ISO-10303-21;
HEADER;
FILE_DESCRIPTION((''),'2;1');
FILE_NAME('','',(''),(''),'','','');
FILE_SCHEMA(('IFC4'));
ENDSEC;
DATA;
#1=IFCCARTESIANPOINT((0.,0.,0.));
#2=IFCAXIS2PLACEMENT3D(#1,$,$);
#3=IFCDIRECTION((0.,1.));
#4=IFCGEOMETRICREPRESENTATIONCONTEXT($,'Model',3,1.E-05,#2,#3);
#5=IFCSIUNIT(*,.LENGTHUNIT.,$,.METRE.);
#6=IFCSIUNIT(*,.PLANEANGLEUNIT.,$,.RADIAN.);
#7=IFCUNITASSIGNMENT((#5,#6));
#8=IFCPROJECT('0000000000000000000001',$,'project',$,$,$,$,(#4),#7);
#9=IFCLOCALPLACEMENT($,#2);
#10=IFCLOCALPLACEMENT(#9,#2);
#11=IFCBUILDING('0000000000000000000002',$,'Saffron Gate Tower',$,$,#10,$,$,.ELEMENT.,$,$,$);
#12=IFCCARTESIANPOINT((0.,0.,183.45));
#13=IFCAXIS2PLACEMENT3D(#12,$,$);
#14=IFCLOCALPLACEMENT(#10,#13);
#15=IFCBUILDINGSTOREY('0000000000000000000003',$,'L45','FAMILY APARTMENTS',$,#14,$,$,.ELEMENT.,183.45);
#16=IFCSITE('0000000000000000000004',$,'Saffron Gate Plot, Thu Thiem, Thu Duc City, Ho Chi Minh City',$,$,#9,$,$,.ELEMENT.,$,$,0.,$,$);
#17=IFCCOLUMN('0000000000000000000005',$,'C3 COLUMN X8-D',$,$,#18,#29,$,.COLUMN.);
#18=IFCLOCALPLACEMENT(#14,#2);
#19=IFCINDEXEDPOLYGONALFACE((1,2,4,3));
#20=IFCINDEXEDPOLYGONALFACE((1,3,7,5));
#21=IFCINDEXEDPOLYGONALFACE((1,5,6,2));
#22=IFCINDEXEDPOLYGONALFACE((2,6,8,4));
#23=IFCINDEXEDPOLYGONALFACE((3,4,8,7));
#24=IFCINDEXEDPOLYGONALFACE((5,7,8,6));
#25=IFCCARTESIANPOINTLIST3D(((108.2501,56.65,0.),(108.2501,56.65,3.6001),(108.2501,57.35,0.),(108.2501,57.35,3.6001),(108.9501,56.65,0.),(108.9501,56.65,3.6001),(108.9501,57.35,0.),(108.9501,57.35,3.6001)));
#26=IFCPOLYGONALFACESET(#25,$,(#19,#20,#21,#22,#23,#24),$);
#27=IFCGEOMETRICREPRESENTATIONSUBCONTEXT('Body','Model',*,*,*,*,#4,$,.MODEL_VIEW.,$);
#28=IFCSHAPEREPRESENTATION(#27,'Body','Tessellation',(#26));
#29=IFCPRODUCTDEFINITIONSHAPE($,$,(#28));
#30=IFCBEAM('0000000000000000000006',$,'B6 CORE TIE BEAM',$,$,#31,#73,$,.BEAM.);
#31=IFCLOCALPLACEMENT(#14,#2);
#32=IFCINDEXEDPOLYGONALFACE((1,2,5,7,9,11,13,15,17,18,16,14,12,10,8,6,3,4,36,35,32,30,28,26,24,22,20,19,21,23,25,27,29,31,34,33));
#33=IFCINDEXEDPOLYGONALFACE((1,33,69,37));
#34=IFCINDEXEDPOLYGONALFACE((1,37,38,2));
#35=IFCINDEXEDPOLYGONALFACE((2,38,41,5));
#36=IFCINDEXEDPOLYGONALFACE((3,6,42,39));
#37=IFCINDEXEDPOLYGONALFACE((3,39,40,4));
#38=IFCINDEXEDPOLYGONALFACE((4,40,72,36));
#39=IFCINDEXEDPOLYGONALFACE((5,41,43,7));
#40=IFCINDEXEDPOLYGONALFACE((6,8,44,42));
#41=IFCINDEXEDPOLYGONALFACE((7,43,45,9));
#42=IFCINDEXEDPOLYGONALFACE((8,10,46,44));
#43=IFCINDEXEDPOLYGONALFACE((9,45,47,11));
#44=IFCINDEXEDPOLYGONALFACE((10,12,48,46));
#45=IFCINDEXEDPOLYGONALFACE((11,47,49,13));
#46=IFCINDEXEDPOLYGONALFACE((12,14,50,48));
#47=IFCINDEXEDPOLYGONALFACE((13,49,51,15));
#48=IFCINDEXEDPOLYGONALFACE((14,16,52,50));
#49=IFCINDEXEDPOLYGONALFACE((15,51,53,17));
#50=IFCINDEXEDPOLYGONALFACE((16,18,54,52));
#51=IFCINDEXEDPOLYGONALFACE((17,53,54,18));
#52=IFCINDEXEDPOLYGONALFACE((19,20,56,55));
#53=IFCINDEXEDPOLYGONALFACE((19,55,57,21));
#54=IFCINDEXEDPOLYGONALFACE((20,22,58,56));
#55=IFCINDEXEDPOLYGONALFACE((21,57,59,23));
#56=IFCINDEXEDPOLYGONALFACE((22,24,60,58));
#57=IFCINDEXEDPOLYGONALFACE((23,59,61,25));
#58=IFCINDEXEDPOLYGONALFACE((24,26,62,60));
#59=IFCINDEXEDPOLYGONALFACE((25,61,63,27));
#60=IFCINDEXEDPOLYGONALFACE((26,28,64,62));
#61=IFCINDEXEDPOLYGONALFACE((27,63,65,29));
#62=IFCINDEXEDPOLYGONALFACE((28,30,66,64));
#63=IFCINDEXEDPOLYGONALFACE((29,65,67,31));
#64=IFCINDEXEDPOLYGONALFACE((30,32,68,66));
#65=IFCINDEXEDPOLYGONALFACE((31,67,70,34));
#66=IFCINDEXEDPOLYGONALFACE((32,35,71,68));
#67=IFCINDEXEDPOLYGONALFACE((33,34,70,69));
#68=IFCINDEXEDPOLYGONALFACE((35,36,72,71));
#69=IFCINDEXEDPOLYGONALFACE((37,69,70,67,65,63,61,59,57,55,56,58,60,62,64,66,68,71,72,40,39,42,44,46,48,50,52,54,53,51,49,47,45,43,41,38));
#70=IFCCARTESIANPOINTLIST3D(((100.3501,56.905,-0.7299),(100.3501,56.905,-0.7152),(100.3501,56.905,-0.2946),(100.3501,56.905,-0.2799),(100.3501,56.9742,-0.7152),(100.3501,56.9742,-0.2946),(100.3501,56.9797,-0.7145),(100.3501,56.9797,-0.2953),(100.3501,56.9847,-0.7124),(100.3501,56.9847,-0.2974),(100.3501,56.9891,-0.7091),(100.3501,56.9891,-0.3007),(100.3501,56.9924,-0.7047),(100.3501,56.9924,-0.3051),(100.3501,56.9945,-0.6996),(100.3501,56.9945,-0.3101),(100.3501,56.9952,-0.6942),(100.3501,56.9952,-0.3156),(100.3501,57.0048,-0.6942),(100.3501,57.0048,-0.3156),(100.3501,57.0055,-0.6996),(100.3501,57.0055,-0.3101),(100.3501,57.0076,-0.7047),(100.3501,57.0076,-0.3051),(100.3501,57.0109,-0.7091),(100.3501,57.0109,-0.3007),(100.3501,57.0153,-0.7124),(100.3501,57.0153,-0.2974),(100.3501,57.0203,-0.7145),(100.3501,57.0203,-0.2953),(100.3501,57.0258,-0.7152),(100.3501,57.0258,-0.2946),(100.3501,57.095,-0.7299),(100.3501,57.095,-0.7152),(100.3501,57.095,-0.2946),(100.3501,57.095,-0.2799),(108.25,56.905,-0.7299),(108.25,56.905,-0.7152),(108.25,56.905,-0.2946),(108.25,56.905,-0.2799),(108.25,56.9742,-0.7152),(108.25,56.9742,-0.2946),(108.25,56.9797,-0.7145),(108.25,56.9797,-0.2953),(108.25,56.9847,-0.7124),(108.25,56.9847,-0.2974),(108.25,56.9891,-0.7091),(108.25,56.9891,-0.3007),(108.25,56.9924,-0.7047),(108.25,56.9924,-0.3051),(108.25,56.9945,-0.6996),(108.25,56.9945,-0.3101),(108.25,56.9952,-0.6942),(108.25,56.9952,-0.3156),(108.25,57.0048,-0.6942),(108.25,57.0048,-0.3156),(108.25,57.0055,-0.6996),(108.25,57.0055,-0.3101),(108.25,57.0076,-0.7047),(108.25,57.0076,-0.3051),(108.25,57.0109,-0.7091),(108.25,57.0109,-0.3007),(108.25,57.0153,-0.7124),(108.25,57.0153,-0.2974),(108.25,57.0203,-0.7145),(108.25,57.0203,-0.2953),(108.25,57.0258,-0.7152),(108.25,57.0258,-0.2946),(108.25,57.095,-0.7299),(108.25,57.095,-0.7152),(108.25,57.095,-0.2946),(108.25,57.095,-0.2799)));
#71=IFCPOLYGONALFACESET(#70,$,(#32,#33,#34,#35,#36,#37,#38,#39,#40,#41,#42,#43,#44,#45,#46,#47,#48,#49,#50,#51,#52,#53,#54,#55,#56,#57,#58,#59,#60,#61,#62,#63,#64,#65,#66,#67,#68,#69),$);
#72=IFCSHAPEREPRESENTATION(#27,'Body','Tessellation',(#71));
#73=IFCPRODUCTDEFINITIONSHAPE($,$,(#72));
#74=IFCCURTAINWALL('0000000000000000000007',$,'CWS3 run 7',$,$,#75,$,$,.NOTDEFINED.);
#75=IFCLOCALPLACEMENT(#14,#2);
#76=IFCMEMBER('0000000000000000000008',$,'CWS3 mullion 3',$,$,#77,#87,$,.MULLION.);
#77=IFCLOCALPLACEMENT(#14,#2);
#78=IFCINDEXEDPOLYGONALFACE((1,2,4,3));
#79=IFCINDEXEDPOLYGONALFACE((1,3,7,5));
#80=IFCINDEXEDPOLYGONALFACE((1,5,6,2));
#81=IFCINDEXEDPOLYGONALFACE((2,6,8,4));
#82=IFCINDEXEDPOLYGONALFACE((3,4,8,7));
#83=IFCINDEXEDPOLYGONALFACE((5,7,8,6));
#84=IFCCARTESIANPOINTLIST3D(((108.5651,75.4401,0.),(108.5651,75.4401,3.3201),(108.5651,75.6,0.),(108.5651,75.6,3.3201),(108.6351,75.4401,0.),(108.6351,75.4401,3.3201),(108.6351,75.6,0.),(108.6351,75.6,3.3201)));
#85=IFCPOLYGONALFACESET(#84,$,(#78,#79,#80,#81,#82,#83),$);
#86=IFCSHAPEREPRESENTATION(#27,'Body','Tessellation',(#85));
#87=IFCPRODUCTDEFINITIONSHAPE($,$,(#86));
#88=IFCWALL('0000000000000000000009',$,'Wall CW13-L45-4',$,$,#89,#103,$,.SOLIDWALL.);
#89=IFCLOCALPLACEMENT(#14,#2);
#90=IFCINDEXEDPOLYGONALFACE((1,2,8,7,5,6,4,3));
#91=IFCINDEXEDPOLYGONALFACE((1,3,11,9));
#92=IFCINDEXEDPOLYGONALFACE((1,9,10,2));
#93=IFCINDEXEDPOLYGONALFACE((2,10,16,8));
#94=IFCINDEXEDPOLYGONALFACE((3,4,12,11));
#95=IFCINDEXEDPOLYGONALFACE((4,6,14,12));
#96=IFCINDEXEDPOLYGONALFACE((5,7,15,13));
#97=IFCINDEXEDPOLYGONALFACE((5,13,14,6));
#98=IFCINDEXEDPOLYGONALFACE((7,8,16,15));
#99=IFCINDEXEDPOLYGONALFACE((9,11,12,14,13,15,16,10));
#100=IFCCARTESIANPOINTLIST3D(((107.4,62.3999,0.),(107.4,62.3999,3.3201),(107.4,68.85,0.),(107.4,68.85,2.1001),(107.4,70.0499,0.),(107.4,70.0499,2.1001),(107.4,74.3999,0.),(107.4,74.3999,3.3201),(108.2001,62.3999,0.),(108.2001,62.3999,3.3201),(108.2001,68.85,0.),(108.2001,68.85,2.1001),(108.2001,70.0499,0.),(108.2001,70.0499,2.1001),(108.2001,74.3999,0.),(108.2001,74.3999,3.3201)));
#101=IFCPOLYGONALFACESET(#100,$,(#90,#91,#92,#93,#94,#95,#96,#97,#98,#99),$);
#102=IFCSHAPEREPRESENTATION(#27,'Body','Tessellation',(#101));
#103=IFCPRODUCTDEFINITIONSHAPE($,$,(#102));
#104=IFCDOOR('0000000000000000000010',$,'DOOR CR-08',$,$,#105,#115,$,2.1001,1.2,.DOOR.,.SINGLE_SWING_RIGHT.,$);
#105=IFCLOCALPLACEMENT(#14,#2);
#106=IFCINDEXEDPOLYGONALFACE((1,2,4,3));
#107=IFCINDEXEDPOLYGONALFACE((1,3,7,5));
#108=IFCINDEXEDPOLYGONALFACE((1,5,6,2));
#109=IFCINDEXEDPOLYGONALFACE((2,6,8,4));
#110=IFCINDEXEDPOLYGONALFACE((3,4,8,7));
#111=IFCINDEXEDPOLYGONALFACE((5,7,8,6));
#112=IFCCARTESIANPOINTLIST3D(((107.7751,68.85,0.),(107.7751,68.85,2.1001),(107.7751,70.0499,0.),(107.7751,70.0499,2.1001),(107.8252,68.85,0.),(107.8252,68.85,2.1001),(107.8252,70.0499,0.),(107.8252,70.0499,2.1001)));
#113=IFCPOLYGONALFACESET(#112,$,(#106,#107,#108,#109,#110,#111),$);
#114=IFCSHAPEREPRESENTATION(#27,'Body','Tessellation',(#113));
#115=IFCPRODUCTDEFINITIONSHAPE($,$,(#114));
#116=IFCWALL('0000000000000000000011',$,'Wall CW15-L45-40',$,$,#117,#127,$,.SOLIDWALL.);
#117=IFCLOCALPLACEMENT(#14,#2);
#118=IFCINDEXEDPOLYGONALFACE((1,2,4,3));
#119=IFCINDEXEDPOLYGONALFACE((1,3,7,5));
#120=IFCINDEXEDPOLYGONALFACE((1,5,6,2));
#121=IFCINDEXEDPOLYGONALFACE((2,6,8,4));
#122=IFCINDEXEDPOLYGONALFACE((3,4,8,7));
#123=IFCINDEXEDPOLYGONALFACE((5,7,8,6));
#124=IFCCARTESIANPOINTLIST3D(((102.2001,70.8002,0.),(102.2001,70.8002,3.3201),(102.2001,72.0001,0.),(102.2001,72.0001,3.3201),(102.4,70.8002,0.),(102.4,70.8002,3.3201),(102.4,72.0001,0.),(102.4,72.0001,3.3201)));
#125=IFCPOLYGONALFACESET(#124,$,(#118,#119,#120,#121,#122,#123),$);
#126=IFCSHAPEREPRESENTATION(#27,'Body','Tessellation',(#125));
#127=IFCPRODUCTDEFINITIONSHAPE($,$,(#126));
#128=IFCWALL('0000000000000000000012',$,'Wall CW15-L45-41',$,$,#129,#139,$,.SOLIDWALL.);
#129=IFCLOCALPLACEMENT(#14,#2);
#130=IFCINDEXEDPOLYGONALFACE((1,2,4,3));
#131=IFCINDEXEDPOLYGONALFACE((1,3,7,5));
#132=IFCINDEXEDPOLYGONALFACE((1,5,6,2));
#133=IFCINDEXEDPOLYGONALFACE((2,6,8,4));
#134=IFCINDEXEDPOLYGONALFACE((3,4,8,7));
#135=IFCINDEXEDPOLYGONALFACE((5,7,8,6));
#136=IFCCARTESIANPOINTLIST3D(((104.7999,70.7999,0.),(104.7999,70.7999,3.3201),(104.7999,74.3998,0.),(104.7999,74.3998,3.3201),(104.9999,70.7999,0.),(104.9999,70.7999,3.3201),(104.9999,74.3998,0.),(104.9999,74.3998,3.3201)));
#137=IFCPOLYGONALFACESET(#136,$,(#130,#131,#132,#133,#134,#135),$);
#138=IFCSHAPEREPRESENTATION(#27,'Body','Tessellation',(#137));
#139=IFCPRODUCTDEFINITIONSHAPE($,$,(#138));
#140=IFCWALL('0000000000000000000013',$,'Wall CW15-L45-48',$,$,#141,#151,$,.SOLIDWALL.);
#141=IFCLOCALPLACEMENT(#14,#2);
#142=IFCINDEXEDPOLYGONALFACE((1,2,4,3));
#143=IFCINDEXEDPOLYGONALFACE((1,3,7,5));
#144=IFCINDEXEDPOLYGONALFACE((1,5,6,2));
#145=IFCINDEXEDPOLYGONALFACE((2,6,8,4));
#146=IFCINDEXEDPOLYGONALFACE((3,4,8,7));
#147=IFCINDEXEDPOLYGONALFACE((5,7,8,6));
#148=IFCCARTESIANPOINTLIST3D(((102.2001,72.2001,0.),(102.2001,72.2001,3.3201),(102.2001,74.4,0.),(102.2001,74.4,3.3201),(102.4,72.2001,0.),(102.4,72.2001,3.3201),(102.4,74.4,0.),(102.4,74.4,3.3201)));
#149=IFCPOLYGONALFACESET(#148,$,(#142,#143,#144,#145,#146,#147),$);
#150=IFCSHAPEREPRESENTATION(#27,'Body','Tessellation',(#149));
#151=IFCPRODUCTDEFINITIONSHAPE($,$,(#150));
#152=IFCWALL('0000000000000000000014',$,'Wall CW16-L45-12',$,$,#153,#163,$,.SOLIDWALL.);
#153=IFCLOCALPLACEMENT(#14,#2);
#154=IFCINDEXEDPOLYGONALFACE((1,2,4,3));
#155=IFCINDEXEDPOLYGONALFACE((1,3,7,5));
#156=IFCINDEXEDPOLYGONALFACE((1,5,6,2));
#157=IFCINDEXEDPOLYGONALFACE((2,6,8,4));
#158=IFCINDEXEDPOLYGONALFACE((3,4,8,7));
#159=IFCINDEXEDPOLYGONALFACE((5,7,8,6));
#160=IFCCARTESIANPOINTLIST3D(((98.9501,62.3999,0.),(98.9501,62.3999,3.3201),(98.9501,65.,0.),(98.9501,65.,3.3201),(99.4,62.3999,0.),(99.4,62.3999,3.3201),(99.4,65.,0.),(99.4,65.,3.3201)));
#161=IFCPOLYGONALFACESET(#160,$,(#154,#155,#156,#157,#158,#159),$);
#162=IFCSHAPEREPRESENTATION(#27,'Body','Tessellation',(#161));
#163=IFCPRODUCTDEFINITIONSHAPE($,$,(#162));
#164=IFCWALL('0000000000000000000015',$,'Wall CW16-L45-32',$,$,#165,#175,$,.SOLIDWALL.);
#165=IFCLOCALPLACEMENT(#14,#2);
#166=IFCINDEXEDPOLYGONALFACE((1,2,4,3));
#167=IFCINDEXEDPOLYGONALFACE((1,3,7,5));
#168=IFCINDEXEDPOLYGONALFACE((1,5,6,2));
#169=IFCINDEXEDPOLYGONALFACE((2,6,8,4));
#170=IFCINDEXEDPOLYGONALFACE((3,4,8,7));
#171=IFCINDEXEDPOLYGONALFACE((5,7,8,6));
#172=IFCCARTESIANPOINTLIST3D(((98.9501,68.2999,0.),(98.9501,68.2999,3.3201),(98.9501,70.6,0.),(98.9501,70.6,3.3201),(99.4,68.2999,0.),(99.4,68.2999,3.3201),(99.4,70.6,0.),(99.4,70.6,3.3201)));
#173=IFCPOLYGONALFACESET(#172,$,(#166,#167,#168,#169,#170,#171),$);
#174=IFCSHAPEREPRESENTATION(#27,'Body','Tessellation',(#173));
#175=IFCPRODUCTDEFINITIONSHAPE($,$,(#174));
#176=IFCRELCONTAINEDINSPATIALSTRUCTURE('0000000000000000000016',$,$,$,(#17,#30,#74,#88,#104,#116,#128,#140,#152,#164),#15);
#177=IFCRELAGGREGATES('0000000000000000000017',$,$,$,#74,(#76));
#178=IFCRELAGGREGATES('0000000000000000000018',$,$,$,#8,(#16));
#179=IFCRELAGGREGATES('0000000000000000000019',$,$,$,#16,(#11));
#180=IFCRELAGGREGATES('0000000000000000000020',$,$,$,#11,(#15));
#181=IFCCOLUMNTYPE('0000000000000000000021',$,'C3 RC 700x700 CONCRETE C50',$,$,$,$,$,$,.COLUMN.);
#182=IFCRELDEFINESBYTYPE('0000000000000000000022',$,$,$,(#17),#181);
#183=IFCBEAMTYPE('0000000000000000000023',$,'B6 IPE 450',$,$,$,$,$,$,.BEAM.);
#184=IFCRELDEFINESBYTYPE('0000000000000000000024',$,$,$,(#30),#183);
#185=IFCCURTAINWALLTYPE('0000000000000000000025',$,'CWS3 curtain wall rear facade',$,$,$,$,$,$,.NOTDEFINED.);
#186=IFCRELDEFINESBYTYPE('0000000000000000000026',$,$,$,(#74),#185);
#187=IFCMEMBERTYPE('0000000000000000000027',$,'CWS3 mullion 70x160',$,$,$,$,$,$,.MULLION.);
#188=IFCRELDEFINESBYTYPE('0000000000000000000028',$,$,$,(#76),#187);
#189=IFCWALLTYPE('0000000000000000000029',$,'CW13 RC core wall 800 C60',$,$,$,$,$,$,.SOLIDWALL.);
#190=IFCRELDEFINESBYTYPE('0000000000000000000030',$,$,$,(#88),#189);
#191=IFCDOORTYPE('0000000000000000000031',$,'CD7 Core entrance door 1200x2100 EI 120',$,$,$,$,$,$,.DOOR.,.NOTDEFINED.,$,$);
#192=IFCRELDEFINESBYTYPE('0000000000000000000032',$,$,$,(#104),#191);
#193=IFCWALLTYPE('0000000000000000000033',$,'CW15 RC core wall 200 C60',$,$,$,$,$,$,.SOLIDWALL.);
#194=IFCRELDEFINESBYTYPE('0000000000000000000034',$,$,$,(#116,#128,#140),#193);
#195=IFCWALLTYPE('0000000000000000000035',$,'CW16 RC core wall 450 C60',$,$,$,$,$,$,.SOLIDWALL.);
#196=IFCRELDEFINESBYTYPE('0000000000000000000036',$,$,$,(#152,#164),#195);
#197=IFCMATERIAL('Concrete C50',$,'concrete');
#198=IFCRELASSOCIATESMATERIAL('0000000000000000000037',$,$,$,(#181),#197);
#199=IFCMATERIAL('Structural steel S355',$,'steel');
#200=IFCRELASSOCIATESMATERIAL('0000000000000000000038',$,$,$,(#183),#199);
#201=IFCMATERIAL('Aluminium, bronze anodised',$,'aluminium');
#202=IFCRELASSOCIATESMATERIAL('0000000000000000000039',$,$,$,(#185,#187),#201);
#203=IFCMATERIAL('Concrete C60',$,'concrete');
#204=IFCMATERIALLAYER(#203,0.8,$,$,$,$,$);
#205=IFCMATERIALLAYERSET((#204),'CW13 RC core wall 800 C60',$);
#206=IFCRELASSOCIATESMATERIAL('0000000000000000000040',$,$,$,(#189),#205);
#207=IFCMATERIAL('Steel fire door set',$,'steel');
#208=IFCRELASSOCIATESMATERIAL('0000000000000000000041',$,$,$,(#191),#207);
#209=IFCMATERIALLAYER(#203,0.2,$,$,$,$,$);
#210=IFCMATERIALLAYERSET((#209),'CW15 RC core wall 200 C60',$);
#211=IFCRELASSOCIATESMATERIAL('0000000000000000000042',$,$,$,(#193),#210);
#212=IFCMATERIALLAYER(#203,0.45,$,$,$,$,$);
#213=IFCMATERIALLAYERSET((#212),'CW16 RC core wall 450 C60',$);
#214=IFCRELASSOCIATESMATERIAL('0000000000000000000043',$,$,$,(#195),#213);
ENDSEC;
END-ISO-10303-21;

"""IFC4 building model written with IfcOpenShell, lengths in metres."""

from ifc_helpers import new_model, si_unit, direction, frame, frame_2d, origin, origin_2d, place, context, subcontext, project, spatial, rectangle, i_section, extrude, material, layer, layer_set, material_profile, profile_set, type_object, element, fill, aggregate, save


model = new_model("IFC4")

# Units and contexts
model_context = context("Model", 3, precision=1e-05, world=origin(), true_north=direction((0.0, 1.0)))
body_context = subcontext(model_context, "Body", "Model", "MODEL_VIEW")
ifc_project = project(units=[si_unit("LENGTHUNIT", "METRE"), si_unit("PLANEANGLEUNIT", "RADIAN")], contexts=[model_context])

# Site, building, storey
site_placement = place(None, origin())
site = spatial("IfcSite", under=ifc_project, at=site_placement, Name="Saffron Gate Plot, Thu Thiem, Thu Duc City, Ho Chi Minh City", CompositionType="ELEMENT", RefElevation=0.0)
building_placement = place(site_placement, origin())
building = spatial("IfcBuilding", under=site, at=building_placement, Name="Saffron Gate Tower", CompositionType="ELEMENT")
storey_placement = place(building_placement, frame((0.0, 0.0, 183.45)))
storey = spatial("IfcBuildingStorey", under=building, at=storey_placement, Name="L45", Description="FAMILY APARTMENTS", CompositionType="ELEMENT", Elevation=183.45)

# Column
ifc_material_1 = material(Name="Concrete C50", Category="concrete")
ifc_material_profile_1 = material_profile(ifc_material_1, rectangle(XDim=0.7, YDim=0.7, at=origin_2d()))
ifc_profile_set_1 = profile_set([ifc_material_profile_1], Name="Concrete C50")
column_type = type_object("IfcColumnType", Name="C3 RC 700x700 CONCRETE C50", PredefinedType="COLUMN", material=ifc_profile_set_1)
column_placement = place(storey_placement, frame((108.6001, 57.0, 0.0), z_axis=(0.0, 0.0, 1.0), x_axis=(1.0, 0.0, 0.0)))
element("IfcColumn", 1, at=column_placement, inside=storey, type_object=column_type, Name="C3 COLUMN X8-D", PredefinedType="COLUMN", context=body_context, shape_type="SweptSolid", body=[
    extrude(rectangle(XDim=0.7, YDim=0.7, at=origin_2d()), origin(), (0.0, 0.0, 1.0), 3.6001),
])

# Beam
ifc_material_2 = material(Name="Structural steel S355", Category="steel")
ifc_material_profile_2 = material_profile(ifc_material_2, i_section(OverallWidth=0.1899, OverallDepth=0.45, WebThickness=0.0095, FlangeThickness=0.0146, FilletRadius=0.021, at=origin_2d()))
ifc_profile_set_2 = profile_set([ifc_material_profile_2], Name="Structural steel S355")
beam_type = type_object("IfcBeamType", Name="B6 IPE 450", PredefinedType="BEAM", material=ifc_profile_set_2)
beam_placement = place(storey_placement, frame((108.25, 57.0, -0.5049), z_axis=(-1.0, 0.0, 0.0), x_axis=(0.0, -1.0, 0.0)))
element("IfcBeam", 2, at=beam_placement, inside=storey, type_object=beam_type, Name="B6 CORE TIE BEAM", PredefinedType="BEAM", context=body_context, shape_type="SweptSolid", body=[
    extrude(i_section(OverallWidth=0.1899, OverallDepth=0.45, WebThickness=0.0095, FlangeThickness=0.0146, FilletRadius=0.021, at=origin_2d()), origin(), (0.0, 0.0, 1.0), 7.8999),
])

# Curtain wall, member
ifc_material_3 = material(Name="Aluminium, bronze anodised", Category="aluminium")
curtain_wall_type = type_object("IfcCurtainWallType", Name="CWS3 curtain wall rear facade", PredefinedType="NOTDEFINED", material=ifc_material_3)
curtain_wall_placement = place(storey_placement, origin())
curtain_wall = element("IfcCurtainWall", 3, at=curtain_wall_placement, inside=storey, type_object=curtain_wall_type, Name="CWS3 run 7", PredefinedType="NOTDEFINED")
ifc_material_profile_3 = material_profile(ifc_material_3, rectangle(XDim=0.1599, YDim=0.0701, at=origin_2d()))
ifc_profile_set_3 = profile_set([ifc_material_profile_3], Name="Aluminium, bronze anodised")
member_type = type_object("IfcMemberType", Name="CWS3 mullion 70x160", PredefinedType="MULLION", material=ifc_profile_set_3)
member_placement = place(storey_placement, frame((108.6001, 75.52, 0.0), z_axis=(0.0, 0.0, 1.0), x_axis=(0.0, -1.0, 0.0)))
member = element("IfcMember", 4, at=member_placement, type_object=member_type, Name="CWS3 mullion 3", PredefinedType="MULLION", context=body_context, shape_type="SweptSolid", body=[
    extrude(rectangle(XDim=0.1599, YDim=0.0701, at=origin_2d()), origin(), (0.0, 0.0, 1.0), 3.3201),
])
aggregate(curtain_wall, [member])

# Wall, opening, door
ifc_material_4 = material(Name="Concrete C60", Category="concrete")
ifc_layer_1 = layer(ifc_material_4, 0.8)
ifc_layer_set_1 = layer_set([ifc_layer_1], Name="CW13 RC core wall 800 C60")
wall_type_1 = type_object("IfcWallType", Name="CW13 RC core wall 800 C60", PredefinedType="SOLIDWALL", material=ifc_layer_set_1)
wall_1_placement = place(storey_placement, frame((107.8, 62.3999, 0.0), z_axis=(0.0, 0.0, 1.0), x_axis=(0.0, 1.0, 0.0)))
wall_1 = element("IfcWall", 5, at=wall_1_placement, inside=storey, type_object=wall_type_1, Name="Wall CW13-L45-4", PredefinedType="SOLIDWALL", context=body_context, shape_type="SweptSolid", body=[
    extrude(rectangle(XDim=12.0, YDim=0.8, at=frame_2d((6.0, 0.0))), origin(), (0.0, 0.0, 1.0), 3.3201),
])
opening_1_placement = place(wall_1_placement, frame((6.45, 0.0, 0.0)))
opening_1 = element("IfcOpeningElement", 6, at=opening_1_placement, cuts=wall_1, PredefinedType="OPENING", context=body_context, shape_type="SweptSolid", body=[
    extrude(rectangle(XDim=1.2, YDim=2.1001, at=frame_2d((0.6001, 1.05))), frame((0.0, 0.4102, 0.0), z_axis=(0.0, -1.0, 0.0), x_axis=(1.0, 0.0, 0.0)), (0.0, 0.0, 1.0), 0.8201),
])
ifc_material_5 = material(Name="Steel fire door set", Category="steel")
door_type_1 = type_object("IfcDoorType", Name="CD7 Core entrance door 1200x2100 EI 120", OperationType="NOTDEFINED", PredefinedType="DOOR", material=ifc_material_5)
door_1_placement = place(opening_1_placement, origin())
door_1 = element("IfcDoor", 7, at=door_1_placement, inside=storey, type_object=door_type_1, Name="DOOR CR-08", OperationType="SINGLE_SWING_RIGHT", OverallHeight=2.1001, OverallWidth=1.2, PredefinedType="DOOR", context=body_context, shape_type="SweptSolid", body=[
    extrude(rectangle(XDim=1.2, YDim=2.1001, at=frame_2d((0.6001, 1.05))), frame((0.0, 0.0249, 0.0), z_axis=(0.0, -1.0, 0.0), x_axis=(1.0, 0.0, 0.0)), (0.0, 0.0, 1.0), 0.05),
])
fill(opening_1, door_1)

# Walls
ifc_layer_2 = layer(ifc_material_4, 0.2)
ifc_layer_set_2 = layer_set([ifc_layer_2], Name="CW15 RC core wall 200 C60")
wall_type_2 = type_object("IfcWallType", Name="CW15 RC core wall 200 C60", PredefinedType="SOLIDWALL", material=ifc_layer_set_2)
wall_2_placement = place(storey_placement, frame((102.3, 70.8, 0.0), z_axis=(0.0, 0.0, 1.0), x_axis=(0.0, 1.0, 0.0)))
element("IfcWall", 8, at=wall_2_placement, inside=storey, type_object=wall_type_2, Name="Wall CW15-L45-40", PredefinedType="SOLIDWALL", context=body_context, shape_type="SweptSolid", body=[
    extrude(rectangle(XDim=1.2, YDim=0.2, at=frame_2d((0.6001, 0.0))), origin(), (0.0, 0.0, 1.0), 3.3201),
])
wall_3_placement = place(storey_placement, frame((104.8999, 70.8, 0.0), z_axis=(0.0, 0.0, 1.0), x_axis=(0.0, 1.0, 0.0)))
element("IfcWall", 9, at=wall_3_placement, inside=storey, type_object=wall_type_2, Name="Wall CW15-L45-41", PredefinedType="SOLIDWALL", context=body_context, shape_type="SweptSolid", body=[
    extrude(rectangle(XDim=3.5999, YDim=0.2, at=frame_2d((1.7998, 0.0))), origin(), (0.0, 0.0, 1.0), 3.3201),
])
wall_4_placement = place(storey_placement, frame((102.3, 72.2, 0.0), z_axis=(0.0, 0.0, 1.0), x_axis=(0.0, 1.0, 0.0)))
element("IfcWall", 10, at=wall_4_placement, inside=storey, type_object=wall_type_2, Name="Wall CW15-L45-48", PredefinedType="SOLIDWALL", context=body_context, shape_type="SweptSolid", body=[
    extrude(rectangle(XDim=2.2, YDim=0.2, at=frame_2d((1.1001, 0.0))), origin(), (0.0, 0.0, 1.0), 3.3201),
])
ifc_layer_3 = layer(ifc_material_4, 0.45)
ifc_layer_set_3 = layer_set([ifc_layer_3], Name="CW16 RC core wall 450 C60")
wall_type_3 = type_object("IfcWallType", Name="CW16 RC core wall 450 C60", PredefinedType="SOLIDWALL", material=ifc_layer_set_3)
wall_5_placement = place(storey_placement, frame((99.175, 62.3999, 0.0), z_axis=(0.0, 0.0, 1.0), x_axis=(0.0, 1.0, 0.0)))
element("IfcWall", 11, at=wall_5_placement, inside=storey, type_object=wall_type_3, Name="Wall CW16-L45-12", PredefinedType="SOLIDWALL", context=body_context, shape_type="SweptSolid", body=[
    extrude(rectangle(XDim=2.6001, YDim=0.45, at=frame_2d((1.3, 0.0))), origin(), (0.0, 0.0, 1.0), 3.3201),
])
wall_6_placement = place(storey_placement, frame((99.175, 68.3, 0.0), z_axis=(0.0, 0.0, 1.0), x_axis=(0.0, 1.0, 0.0)))
element("IfcWall", 12, at=wall_6_placement, inside=storey, type_object=wall_type_3, Name="Wall CW16-L45-32", PredefinedType="SOLIDWALL", context=body_context, shape_type="SweptSolid", body=[
    extrude(rectangle(XDim=2.3, YDim=0.45, at=frame_2d((1.1499, 0.0))), origin(), (0.0, 0.0, 1.0), 3.3201),
])

save(model, "model.ifc")
